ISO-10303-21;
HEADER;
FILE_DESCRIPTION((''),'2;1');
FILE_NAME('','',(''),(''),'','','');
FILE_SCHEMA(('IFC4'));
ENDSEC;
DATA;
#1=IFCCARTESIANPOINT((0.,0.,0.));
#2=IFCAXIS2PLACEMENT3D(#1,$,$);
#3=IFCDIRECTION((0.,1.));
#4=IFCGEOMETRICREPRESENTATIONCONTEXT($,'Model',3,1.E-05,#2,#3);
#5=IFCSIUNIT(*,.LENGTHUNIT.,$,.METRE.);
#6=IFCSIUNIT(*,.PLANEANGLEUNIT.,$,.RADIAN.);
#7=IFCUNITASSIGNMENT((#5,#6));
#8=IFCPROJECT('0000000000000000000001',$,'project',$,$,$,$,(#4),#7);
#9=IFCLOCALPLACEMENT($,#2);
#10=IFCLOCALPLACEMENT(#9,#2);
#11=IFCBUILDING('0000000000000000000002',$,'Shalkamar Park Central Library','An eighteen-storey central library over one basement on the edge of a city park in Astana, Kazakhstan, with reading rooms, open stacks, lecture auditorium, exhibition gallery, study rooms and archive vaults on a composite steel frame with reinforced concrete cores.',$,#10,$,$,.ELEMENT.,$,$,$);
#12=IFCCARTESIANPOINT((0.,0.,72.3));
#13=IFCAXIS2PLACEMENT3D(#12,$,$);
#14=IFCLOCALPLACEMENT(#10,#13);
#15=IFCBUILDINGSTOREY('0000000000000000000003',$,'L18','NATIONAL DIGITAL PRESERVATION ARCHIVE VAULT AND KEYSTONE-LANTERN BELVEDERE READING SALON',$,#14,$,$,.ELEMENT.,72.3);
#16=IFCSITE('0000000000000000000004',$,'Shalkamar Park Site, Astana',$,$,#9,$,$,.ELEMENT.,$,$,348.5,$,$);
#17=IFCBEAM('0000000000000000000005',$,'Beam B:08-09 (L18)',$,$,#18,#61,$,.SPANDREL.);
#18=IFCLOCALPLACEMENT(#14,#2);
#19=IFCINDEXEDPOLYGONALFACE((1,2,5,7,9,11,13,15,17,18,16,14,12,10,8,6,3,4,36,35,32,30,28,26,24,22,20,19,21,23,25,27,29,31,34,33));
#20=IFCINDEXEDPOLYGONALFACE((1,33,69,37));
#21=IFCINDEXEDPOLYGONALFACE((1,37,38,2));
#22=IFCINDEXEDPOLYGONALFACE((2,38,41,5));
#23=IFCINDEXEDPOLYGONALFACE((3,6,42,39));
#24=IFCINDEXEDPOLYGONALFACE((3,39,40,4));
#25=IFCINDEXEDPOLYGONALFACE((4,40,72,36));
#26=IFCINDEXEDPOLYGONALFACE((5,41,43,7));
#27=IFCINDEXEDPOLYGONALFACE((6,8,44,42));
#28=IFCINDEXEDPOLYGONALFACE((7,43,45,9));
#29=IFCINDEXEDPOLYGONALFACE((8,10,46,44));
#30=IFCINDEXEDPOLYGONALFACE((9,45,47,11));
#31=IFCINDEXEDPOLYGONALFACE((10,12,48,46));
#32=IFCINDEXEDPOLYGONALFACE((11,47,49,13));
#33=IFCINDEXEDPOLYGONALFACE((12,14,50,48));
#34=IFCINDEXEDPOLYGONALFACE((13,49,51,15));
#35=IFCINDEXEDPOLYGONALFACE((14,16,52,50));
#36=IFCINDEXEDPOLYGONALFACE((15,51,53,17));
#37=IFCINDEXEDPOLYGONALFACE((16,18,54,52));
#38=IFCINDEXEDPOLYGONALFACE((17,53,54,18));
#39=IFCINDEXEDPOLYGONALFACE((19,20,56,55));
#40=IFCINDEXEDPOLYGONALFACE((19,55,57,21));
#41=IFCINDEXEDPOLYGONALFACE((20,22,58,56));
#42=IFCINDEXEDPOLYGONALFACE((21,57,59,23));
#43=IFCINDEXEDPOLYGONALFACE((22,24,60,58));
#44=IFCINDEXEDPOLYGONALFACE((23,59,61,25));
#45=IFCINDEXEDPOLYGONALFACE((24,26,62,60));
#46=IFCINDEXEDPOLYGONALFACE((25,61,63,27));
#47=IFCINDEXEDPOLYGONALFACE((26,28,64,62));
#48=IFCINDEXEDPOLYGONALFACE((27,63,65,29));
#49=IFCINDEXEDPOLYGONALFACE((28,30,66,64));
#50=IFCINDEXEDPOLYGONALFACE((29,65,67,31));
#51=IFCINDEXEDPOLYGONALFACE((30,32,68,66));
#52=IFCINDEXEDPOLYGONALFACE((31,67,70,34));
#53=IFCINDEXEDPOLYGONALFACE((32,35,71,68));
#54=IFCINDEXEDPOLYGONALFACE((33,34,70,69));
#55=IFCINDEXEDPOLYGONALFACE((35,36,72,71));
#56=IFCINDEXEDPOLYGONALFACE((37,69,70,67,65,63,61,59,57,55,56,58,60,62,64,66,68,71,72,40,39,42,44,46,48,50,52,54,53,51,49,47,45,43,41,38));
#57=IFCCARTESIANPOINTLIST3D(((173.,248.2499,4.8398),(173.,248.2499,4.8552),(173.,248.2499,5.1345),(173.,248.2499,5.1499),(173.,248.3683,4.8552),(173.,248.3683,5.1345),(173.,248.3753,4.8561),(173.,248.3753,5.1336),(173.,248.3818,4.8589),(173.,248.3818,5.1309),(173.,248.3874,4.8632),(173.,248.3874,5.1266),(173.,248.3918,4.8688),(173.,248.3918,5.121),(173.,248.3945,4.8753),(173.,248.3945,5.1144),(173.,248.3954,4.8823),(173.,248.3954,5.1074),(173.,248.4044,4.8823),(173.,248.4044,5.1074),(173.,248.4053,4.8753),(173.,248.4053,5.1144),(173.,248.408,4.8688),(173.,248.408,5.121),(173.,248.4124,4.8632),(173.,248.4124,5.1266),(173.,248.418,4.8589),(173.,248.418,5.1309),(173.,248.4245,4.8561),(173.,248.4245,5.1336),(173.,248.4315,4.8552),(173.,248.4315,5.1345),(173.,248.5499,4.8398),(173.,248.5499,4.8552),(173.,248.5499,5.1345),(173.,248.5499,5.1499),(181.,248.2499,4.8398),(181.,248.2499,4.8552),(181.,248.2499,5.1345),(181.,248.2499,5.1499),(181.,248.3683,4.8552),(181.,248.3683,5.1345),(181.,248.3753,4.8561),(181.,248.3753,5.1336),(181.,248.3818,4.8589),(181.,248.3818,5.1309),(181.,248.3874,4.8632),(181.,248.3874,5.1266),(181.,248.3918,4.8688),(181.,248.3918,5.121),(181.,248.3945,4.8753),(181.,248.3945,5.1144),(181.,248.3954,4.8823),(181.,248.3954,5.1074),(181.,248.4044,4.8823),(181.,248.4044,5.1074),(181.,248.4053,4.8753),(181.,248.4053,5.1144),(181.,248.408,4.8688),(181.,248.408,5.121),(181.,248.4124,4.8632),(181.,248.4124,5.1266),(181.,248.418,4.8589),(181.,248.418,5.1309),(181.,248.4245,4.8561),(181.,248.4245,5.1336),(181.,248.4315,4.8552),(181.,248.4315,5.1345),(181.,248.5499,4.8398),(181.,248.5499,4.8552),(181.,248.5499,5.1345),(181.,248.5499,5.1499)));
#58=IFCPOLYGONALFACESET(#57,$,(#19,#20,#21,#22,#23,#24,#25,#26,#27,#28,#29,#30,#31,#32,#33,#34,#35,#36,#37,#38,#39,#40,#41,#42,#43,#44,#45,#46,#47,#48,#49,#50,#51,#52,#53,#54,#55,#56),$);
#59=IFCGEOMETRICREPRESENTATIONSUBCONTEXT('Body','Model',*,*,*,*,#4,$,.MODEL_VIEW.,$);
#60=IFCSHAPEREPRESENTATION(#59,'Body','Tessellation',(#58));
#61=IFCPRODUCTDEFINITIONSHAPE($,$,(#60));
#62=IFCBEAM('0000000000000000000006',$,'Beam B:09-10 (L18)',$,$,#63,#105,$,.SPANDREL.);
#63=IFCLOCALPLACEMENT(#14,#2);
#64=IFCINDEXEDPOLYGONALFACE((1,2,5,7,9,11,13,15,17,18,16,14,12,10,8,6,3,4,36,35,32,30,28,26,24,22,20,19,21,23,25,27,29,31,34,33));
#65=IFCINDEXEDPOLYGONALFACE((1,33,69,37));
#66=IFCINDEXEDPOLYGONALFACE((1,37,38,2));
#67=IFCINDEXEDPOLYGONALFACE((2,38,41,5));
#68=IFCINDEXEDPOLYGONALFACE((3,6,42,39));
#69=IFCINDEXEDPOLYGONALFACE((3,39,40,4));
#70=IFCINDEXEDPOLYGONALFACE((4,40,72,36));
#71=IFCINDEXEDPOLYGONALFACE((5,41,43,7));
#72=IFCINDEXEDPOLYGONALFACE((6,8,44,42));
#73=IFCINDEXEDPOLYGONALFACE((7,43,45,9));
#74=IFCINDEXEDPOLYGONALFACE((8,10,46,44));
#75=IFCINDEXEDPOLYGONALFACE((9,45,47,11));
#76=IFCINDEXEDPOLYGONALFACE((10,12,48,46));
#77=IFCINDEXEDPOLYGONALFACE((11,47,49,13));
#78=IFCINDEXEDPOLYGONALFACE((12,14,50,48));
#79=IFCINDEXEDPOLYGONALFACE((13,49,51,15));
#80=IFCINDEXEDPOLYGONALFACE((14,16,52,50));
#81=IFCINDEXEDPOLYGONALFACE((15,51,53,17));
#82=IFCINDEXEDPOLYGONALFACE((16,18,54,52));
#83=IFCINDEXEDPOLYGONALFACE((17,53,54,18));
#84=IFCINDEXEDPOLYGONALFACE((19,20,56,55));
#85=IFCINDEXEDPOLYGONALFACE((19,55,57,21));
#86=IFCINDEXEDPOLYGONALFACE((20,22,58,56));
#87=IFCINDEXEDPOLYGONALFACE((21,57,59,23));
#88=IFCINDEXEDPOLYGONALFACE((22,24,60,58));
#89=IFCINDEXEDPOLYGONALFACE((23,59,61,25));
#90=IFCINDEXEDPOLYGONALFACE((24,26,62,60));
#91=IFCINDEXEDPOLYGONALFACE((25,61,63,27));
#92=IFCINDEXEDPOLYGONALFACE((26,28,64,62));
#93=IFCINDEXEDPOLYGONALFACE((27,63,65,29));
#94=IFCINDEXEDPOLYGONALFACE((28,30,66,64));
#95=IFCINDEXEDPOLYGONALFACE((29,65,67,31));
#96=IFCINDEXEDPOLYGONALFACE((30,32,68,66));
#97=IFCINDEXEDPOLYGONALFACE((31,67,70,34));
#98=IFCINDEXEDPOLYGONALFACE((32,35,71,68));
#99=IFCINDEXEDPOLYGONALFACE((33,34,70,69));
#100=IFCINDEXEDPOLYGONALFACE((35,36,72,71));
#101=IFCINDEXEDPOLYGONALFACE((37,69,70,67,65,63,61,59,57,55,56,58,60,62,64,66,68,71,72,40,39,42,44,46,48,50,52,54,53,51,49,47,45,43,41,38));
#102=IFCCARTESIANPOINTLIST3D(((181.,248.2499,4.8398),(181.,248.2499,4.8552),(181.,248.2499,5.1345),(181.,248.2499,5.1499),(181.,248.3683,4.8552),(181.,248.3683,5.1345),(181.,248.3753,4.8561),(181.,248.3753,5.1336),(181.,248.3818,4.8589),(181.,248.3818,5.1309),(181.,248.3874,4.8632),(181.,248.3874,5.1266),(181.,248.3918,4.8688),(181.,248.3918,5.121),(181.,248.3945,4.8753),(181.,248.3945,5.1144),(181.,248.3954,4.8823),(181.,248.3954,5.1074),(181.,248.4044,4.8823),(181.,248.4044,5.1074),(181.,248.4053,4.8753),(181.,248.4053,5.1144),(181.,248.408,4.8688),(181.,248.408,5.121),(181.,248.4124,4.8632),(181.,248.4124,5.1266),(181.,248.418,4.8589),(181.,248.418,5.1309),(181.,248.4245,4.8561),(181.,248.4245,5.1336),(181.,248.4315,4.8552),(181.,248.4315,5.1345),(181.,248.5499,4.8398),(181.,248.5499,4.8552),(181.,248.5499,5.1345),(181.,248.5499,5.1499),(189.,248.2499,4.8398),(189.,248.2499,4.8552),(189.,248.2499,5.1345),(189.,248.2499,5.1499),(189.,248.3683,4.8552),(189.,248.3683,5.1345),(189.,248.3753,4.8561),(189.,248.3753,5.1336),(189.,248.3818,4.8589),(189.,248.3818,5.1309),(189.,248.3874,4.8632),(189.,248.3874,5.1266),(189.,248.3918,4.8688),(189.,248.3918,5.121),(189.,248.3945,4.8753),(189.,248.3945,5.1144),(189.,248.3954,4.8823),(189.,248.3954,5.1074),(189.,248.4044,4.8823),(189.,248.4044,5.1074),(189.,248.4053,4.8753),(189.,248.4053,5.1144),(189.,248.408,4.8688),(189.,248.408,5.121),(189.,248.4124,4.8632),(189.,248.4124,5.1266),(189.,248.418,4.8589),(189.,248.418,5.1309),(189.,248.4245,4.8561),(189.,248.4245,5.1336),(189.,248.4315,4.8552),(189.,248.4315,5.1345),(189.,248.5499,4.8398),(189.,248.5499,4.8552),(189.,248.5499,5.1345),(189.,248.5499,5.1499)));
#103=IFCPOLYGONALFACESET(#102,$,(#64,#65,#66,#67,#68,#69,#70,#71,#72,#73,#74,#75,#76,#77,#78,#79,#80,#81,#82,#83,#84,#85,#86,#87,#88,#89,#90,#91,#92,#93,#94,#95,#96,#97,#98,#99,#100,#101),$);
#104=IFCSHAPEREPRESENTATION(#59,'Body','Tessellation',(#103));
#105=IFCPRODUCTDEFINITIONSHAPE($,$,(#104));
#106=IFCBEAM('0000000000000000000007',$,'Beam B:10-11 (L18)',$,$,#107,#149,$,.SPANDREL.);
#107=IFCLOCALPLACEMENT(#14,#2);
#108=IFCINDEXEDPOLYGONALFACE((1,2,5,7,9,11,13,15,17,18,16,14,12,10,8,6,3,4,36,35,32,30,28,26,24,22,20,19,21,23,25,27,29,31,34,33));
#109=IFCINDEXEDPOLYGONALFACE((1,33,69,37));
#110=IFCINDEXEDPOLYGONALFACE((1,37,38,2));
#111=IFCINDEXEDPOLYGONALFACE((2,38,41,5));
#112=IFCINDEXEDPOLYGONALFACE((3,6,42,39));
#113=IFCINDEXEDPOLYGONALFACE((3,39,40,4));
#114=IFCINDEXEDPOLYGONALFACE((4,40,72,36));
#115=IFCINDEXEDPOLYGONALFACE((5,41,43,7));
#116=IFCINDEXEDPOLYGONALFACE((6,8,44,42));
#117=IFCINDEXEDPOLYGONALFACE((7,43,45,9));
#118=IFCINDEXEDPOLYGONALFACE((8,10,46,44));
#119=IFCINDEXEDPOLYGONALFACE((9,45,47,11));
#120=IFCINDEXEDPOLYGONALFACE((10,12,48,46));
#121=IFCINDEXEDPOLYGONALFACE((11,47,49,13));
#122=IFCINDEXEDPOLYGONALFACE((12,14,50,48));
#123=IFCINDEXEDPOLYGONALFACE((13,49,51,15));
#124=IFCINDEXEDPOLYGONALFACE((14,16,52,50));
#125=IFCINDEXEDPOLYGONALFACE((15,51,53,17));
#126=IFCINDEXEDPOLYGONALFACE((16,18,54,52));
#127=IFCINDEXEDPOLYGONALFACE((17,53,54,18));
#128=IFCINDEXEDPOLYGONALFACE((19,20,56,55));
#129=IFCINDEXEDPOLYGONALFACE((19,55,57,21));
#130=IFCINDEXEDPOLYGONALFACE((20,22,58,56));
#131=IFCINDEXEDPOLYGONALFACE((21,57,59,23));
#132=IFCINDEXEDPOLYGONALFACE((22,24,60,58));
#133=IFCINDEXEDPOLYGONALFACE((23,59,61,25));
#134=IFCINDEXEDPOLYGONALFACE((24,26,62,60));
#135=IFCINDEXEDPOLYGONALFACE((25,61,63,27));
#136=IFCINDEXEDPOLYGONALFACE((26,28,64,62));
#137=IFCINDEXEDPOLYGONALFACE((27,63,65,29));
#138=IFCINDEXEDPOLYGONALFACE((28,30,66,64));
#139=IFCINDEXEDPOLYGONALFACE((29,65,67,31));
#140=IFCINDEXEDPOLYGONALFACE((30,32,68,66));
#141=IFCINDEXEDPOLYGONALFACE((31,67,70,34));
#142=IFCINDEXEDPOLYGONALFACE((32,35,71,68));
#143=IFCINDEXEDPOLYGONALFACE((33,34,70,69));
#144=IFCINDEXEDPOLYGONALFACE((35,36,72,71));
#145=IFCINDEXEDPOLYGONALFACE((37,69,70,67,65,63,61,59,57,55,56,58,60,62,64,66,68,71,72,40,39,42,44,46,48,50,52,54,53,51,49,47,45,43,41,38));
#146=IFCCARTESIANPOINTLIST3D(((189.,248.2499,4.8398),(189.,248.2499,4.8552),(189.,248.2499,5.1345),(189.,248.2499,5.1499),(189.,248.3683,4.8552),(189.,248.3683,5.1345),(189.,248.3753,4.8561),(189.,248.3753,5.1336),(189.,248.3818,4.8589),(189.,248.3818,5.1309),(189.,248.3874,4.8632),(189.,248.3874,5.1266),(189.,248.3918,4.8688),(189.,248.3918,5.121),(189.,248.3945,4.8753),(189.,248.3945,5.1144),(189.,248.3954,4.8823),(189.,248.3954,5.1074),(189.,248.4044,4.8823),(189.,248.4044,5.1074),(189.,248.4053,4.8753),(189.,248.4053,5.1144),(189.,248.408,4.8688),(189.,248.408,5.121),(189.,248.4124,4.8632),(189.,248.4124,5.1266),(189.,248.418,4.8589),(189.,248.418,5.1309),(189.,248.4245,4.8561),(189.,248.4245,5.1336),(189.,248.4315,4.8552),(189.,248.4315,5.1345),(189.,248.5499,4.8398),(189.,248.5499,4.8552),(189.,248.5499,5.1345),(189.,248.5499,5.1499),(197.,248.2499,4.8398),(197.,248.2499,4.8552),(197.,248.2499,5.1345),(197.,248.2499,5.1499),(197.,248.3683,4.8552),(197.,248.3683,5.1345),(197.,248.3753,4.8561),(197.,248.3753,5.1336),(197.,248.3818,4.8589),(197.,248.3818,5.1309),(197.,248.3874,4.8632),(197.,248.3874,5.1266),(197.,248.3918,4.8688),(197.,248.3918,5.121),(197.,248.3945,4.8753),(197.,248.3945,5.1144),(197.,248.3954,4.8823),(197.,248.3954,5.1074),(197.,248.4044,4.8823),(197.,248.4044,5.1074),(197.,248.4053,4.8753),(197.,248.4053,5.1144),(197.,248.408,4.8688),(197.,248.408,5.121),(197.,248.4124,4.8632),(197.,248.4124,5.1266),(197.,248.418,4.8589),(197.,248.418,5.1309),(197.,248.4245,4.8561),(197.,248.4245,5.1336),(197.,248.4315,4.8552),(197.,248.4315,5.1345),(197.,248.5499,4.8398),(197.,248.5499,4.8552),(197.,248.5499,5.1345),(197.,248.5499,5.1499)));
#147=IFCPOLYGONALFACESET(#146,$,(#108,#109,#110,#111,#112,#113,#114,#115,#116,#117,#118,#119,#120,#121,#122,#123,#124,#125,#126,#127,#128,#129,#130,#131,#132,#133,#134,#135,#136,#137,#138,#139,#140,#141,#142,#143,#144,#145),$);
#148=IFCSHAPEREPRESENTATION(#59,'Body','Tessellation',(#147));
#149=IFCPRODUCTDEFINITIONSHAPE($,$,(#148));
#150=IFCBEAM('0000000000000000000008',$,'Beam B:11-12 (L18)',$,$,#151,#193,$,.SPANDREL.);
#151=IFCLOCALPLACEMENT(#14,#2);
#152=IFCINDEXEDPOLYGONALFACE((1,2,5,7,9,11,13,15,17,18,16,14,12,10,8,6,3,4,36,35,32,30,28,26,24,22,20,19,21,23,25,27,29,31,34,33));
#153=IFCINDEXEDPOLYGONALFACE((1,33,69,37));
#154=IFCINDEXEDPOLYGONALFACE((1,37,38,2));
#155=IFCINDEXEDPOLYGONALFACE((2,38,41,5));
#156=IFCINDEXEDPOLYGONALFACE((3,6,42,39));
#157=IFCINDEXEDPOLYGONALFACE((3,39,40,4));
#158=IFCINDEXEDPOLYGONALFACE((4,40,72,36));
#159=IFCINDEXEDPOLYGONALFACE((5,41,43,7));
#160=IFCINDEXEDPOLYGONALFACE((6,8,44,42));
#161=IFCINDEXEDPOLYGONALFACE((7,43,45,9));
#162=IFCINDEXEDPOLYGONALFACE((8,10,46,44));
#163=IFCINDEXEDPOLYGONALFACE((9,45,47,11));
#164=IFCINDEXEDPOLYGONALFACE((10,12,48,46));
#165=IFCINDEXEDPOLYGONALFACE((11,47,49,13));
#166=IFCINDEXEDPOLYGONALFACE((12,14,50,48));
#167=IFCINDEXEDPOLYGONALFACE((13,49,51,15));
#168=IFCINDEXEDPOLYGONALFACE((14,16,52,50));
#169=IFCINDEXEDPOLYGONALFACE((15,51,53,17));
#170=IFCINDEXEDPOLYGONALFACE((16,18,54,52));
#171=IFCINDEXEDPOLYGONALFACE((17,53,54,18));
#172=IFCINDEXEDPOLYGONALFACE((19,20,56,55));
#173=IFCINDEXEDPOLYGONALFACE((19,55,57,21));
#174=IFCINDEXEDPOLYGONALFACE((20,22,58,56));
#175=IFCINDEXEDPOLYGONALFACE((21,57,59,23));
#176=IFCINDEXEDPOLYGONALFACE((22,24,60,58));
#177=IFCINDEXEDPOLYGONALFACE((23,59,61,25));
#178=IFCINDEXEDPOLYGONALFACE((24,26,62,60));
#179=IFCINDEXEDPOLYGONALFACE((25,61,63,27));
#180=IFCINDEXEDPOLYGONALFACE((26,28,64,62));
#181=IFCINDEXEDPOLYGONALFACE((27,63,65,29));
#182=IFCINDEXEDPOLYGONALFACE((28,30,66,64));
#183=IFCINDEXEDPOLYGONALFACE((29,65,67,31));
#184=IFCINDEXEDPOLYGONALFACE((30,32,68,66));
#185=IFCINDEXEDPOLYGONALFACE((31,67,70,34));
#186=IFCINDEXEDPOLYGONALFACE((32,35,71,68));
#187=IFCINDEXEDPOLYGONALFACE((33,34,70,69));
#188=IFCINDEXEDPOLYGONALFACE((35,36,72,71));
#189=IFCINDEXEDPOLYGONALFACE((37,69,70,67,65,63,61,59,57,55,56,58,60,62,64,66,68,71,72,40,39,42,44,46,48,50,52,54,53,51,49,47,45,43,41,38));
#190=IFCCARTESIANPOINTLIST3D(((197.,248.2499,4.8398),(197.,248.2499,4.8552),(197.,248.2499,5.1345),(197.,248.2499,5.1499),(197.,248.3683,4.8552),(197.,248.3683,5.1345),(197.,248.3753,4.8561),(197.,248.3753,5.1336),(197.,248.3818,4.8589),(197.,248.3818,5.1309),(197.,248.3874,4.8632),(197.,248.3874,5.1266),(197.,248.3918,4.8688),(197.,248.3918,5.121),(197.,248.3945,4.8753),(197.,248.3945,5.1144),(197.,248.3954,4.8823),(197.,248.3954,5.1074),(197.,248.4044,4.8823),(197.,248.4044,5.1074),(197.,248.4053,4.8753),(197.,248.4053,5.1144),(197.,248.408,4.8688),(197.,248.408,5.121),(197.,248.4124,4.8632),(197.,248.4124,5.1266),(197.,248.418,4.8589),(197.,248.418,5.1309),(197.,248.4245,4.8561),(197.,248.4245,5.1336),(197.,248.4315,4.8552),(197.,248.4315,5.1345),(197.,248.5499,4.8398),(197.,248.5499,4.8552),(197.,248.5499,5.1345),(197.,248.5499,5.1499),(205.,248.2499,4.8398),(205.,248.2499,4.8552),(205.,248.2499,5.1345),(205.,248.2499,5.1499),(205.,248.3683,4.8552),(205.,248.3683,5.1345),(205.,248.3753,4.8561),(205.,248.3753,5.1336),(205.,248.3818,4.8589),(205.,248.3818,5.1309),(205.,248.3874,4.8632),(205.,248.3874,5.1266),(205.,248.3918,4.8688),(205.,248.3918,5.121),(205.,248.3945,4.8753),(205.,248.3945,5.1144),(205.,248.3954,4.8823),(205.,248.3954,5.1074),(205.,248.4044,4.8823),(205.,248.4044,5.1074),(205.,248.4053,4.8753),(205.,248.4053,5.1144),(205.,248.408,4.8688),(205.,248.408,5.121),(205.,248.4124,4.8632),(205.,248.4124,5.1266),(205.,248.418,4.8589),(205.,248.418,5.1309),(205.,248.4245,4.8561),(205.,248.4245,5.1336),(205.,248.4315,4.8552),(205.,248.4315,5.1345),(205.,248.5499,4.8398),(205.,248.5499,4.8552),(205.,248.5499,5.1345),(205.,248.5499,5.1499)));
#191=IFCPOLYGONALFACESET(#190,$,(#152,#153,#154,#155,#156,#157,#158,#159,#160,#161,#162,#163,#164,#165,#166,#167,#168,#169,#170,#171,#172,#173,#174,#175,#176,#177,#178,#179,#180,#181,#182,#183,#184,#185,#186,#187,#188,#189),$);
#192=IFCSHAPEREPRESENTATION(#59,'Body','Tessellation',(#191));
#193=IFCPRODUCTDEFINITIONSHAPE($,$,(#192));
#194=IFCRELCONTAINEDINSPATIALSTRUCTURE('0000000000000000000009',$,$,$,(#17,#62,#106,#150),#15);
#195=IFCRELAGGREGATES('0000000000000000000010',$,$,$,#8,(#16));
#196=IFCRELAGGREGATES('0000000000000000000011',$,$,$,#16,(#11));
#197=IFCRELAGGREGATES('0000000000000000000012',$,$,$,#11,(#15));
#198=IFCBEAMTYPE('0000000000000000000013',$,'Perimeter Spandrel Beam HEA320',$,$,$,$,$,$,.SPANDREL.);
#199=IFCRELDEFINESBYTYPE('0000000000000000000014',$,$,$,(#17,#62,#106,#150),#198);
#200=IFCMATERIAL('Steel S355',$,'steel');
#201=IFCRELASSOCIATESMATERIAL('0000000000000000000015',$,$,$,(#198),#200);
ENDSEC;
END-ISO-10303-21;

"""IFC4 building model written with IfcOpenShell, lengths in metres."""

from ifc_helpers import new_model, si_unit, direction, frame, origin, origin_2d, place, context, subcontext, project, spatial, i_section, extrude, material, material_profile, profile_set, type_object, element, save


model = new_model("IFC4")

# Units and contexts
model_context = context("Model", 3, precision=1e-05, world=origin(), true_north=direction((0.0, 1.0)))
body_context = subcontext(model_context, "Body", "Model", "MODEL_VIEW")
ifc_project = project(units=[si_unit("LENGTHUNIT", "METRE"), si_unit("PLANEANGLEUNIT", "RADIAN")], contexts=[model_context])

# Site, building, storey
site_placement = place(None, origin())
site = spatial("IfcSite", under=ifc_project, at=site_placement, Name="Shalkamar Park Site, Astana", CompositionType="ELEMENT", RefElevation=348.5)
building_placement = place(site_placement, origin())
building = spatial("IfcBuilding", under=site, at=building_placement, Name="Shalkamar Park Central Library", Description="An eighteen-storey central library over one basement on the edge of a city park in Astana, Kazakhstan, with reading rooms, open stacks, lecture auditorium, exhibition gallery, study rooms and archive vaults on a composite steel frame with reinforced concrete cores.", CompositionType="ELEMENT")
storey_placement = place(building_placement, frame((0.0, 0.0, 72.3)))
storey = spatial("IfcBuildingStorey", under=building, at=storey_placement, Name="L18", Description="NATIONAL DIGITAL PRESERVATION ARCHIVE VAULT AND KEYSTONE-LANTERN BELVEDERE READING SALON", CompositionType="ELEMENT", Elevation=72.3)

# Shared definitions
ifc_material_1 = material(Name="Steel S355", Category="steel")

# Beams
ifc_material_profile_1 = material_profile(ifc_material_1, i_section(OverallWidth=0.3, OverallDepth=0.3101, WebThickness=0.009, FlangeThickness=0.0154, FilletRadius=0.0271, at=origin_2d()), Name="HEA 320")
ifc_profile_set_1 = profile_set([ifc_material_profile_1], Name="Steel S355")
beam_type_1 = type_object("IfcBeamType", Name="Perimeter Spandrel Beam HEA320", PredefinedType="SPANDREL", material=ifc_profile_set_1)
for number, where, z_axis, x_axis, name in (
    (1, (173.0, 248.3999, 4.9949), (1.0, 0.0, 0.0), (0.0, 1.0, 0.0), "Beam B:08-09 (L18)"),
    (2, (181.0, 248.3999, 4.9949), (1.0, 0.0, 0.0), (0.0, 1.0, 0.0), "Beam B:09-10 (L18)"),
    (3, (189.0, 248.3999, 4.9949), (1.0, 0.0, 0.0), (0.0, 1.0, 0.0), "Beam B:10-11 (L18)"),
    (4, (197.0, 248.3999, 4.9949), (1.0, 0.0, 0.0), (0.0, 1.0, 0.0), "Beam B:11-12 (L18)"),
):
    element("IfcBeam", number, at=place(storey_placement, frame(where, z_axis=z_axis, x_axis=x_axis)), inside=storey, type_object=beam_type_1, Name=name, PredefinedType="SPANDREL", context=body_context, shape_type="SweptSolid", body=[
        extrude(i_section(OverallWidth=0.3, OverallDepth=0.3101, WebThickness=0.009, FlangeThickness=0.0154, FilletRadius=0.0271, at=origin_2d()), origin(), (0.0, 0.0, 1.0), 8.0),
    ])

save(model, "model.ifc")
